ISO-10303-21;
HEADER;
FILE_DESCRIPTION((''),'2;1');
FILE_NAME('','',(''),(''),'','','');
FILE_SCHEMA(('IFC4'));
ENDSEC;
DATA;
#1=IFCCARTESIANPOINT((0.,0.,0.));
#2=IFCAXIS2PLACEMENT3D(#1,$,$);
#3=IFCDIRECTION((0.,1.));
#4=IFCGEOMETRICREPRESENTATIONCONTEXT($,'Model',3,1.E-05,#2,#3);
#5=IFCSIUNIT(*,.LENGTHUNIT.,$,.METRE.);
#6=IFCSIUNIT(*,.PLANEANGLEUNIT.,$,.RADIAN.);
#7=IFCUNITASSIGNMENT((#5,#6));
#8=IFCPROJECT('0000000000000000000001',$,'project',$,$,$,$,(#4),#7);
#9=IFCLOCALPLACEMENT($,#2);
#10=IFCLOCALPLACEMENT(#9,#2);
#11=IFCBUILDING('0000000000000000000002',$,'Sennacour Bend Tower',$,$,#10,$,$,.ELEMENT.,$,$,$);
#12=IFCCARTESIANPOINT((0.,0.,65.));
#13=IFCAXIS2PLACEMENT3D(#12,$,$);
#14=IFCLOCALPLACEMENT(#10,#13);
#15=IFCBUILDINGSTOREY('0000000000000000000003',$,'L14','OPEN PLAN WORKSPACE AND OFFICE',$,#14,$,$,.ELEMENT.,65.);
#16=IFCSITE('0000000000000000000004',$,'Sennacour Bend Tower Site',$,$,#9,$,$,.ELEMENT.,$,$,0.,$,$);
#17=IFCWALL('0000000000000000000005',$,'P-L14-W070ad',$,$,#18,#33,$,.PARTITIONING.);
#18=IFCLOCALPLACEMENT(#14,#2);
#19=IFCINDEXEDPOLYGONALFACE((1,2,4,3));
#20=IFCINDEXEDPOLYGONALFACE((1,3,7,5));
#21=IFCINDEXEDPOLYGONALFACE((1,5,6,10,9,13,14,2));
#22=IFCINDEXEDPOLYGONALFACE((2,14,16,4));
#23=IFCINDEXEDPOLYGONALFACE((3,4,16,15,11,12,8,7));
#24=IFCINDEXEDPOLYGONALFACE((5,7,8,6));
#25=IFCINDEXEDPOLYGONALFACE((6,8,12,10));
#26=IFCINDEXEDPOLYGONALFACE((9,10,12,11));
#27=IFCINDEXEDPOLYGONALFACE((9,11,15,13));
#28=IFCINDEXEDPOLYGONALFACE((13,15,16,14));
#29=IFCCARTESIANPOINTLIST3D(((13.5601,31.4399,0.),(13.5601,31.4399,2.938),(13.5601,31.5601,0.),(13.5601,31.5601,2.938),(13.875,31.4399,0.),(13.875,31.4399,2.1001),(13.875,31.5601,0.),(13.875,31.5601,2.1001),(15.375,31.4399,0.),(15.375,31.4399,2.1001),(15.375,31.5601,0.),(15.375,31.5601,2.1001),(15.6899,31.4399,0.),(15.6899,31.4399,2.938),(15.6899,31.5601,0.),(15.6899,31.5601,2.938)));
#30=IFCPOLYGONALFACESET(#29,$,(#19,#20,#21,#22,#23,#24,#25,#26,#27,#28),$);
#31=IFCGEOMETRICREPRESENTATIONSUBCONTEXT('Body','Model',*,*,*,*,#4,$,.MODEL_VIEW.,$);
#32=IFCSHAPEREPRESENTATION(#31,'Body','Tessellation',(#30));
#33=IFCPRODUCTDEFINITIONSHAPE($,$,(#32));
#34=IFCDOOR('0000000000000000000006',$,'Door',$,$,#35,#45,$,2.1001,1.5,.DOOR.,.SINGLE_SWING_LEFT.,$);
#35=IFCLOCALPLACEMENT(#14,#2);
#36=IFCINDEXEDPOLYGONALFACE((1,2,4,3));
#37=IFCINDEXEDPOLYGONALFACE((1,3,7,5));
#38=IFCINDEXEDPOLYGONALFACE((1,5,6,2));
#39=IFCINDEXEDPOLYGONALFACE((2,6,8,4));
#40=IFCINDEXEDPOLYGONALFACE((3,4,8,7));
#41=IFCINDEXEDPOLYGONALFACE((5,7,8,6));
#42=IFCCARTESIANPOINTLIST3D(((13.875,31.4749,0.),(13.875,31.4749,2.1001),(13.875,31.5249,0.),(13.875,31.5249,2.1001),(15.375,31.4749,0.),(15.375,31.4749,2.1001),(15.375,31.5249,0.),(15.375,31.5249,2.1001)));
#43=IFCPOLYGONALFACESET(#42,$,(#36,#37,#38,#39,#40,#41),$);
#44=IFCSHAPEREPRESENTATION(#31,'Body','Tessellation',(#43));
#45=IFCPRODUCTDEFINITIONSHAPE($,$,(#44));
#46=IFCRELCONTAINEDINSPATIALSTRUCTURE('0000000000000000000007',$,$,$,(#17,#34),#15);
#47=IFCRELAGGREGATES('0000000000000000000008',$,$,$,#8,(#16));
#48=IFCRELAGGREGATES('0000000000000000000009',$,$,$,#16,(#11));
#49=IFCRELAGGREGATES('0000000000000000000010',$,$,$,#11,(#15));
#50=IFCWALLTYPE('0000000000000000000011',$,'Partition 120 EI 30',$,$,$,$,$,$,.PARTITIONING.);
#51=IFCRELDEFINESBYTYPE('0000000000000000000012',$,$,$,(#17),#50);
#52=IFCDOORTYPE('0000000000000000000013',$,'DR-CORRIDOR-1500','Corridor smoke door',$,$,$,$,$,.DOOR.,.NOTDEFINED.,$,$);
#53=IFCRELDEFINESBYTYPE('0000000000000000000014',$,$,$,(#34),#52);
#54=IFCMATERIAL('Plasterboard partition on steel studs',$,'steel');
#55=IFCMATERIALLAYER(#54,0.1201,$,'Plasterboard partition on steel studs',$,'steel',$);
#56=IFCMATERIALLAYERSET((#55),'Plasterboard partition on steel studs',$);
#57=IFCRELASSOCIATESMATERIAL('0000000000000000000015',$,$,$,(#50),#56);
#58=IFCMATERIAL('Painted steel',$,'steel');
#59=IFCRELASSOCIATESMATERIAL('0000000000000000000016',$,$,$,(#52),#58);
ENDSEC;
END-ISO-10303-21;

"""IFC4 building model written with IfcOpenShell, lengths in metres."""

from ifc_helpers import new_model, si_unit, direction, frame, frame_2d, origin, place, context, subcontext, project, spatial, rectangle, extrude, material, layer, layer_set, type_object, element, fill, save


model = new_model("IFC4")

# Units and contexts
model_context = context("Model", 3, precision=1e-05, world=origin(), true_north=direction((0.0, 1.0)))
body_context = subcontext(model_context, "Body", "Model", "MODEL_VIEW")
ifc_project = project(units=[si_unit("LENGTHUNIT", "METRE"), si_unit("PLANEANGLEUNIT", "RADIAN")], contexts=[model_context])

# Site, building, storey
site_placement = place(None, origin())
site = spatial("IfcSite", under=ifc_project, at=site_placement, Name="Sennacour Bend Tower Site", CompositionType="ELEMENT", RefElevation=0.0)
building_placement = place(site_placement, origin())
building = spatial("IfcBuilding", under=site, at=building_placement, Name="Sennacour Bend Tower", CompositionType="ELEMENT")
storey_placement = place(building_placement, frame((0.0, 0.0, 65.0)))
storey = spatial("IfcBuildingStorey", under=building, at=storey_placement, Name="L14", Description="OPEN PLAN WORKSPACE AND OFFICE", CompositionType="ELEMENT", Elevation=65.0)

# Shared definitions
ifc_material_1 = material(Name="Plasterboard partition on steel studs", Category="steel")

# Wall, opening, door
ifc_layer_1 = layer(ifc_material_1, 0.1201, Name="Plasterboard partition on steel studs", Category="steel")
ifc_layer_set_1 = layer_set([ifc_layer_1], Name="Plasterboard partition on steel studs")
wall_type_1 = type_object("IfcWallType", Name="Partition 120 EI 30", PredefinedType="PARTITIONING", material=ifc_layer_set_1)
wall_1_placement = place(storey_placement, frame((13.5601, 31.5, 0.0), z_axis=(0.0, 0.0, 1.0), x_axis=(1.0, 0.0, 0.0)))
wall_1 = element("IfcWall", 1, at=wall_1_placement, inside=storey, type_object=wall_type_1, Name="P-L14-W070ad", PredefinedType="PARTITIONING", context=body_context, shape_type="SweptSolid", body=[
    extrude(rectangle(XDim=2.1299, YDim=0.1201, at=frame_2d((1.0649, 0.0))), origin(), (0.0, 0.0, 1.0), 2.938),
])
opening_1_placement = place(wall_1_placement, frame((0.3149, 0.0, 0.0)))
opening_1 = element("IfcOpeningElement", 2, at=opening_1_placement, cuts=wall_1, PredefinedType="OPENING", context=body_context, shape_type="SweptSolid", body=[
    extrude(rectangle(XDim=1.5, YDim=2.1001, at=frame_2d((0.75, 1.05))), frame((0.0, 0.0701, 0.0), z_axis=(0.0, -1.0, 0.0), x_axis=(1.0, 0.0, 0.0)), (0.0, 0.0, 1.0), 0.1401),
])
ifc_material_2 = material(Name="Painted steel", Category="steel")
door_type_1 = type_object("IfcDoorType", Name="DR-CORRIDOR-1500", Description="Corridor smoke door", OperationType="NOTDEFINED", PredefinedType="DOOR", material=ifc_material_2)
door_1_placement = place(opening_1_placement, origin())
door_1 = element("IfcDoor", 3, at=door_1_placement, inside=storey, type_object=door_type_1, Name="Door", OperationType="SINGLE_SWING_LEFT", OverallHeight=2.1001, OverallWidth=1.5, PredefinedType="DOOR", context=body_context, shape_type="SweptSolid", body=[
    extrude(rectangle(XDim=1.5, YDim=2.1001, at=frame_2d((0.75, 1.05))), frame((0.0, 0.0249, 0.0), z_axis=(0.0, -1.0, 0.0), x_axis=(1.0, 0.0, 0.0)), (0.0, 0.0, 1.0), 0.05),
])
fill(opening_1, door_1)

save(model, "model.ifc")
